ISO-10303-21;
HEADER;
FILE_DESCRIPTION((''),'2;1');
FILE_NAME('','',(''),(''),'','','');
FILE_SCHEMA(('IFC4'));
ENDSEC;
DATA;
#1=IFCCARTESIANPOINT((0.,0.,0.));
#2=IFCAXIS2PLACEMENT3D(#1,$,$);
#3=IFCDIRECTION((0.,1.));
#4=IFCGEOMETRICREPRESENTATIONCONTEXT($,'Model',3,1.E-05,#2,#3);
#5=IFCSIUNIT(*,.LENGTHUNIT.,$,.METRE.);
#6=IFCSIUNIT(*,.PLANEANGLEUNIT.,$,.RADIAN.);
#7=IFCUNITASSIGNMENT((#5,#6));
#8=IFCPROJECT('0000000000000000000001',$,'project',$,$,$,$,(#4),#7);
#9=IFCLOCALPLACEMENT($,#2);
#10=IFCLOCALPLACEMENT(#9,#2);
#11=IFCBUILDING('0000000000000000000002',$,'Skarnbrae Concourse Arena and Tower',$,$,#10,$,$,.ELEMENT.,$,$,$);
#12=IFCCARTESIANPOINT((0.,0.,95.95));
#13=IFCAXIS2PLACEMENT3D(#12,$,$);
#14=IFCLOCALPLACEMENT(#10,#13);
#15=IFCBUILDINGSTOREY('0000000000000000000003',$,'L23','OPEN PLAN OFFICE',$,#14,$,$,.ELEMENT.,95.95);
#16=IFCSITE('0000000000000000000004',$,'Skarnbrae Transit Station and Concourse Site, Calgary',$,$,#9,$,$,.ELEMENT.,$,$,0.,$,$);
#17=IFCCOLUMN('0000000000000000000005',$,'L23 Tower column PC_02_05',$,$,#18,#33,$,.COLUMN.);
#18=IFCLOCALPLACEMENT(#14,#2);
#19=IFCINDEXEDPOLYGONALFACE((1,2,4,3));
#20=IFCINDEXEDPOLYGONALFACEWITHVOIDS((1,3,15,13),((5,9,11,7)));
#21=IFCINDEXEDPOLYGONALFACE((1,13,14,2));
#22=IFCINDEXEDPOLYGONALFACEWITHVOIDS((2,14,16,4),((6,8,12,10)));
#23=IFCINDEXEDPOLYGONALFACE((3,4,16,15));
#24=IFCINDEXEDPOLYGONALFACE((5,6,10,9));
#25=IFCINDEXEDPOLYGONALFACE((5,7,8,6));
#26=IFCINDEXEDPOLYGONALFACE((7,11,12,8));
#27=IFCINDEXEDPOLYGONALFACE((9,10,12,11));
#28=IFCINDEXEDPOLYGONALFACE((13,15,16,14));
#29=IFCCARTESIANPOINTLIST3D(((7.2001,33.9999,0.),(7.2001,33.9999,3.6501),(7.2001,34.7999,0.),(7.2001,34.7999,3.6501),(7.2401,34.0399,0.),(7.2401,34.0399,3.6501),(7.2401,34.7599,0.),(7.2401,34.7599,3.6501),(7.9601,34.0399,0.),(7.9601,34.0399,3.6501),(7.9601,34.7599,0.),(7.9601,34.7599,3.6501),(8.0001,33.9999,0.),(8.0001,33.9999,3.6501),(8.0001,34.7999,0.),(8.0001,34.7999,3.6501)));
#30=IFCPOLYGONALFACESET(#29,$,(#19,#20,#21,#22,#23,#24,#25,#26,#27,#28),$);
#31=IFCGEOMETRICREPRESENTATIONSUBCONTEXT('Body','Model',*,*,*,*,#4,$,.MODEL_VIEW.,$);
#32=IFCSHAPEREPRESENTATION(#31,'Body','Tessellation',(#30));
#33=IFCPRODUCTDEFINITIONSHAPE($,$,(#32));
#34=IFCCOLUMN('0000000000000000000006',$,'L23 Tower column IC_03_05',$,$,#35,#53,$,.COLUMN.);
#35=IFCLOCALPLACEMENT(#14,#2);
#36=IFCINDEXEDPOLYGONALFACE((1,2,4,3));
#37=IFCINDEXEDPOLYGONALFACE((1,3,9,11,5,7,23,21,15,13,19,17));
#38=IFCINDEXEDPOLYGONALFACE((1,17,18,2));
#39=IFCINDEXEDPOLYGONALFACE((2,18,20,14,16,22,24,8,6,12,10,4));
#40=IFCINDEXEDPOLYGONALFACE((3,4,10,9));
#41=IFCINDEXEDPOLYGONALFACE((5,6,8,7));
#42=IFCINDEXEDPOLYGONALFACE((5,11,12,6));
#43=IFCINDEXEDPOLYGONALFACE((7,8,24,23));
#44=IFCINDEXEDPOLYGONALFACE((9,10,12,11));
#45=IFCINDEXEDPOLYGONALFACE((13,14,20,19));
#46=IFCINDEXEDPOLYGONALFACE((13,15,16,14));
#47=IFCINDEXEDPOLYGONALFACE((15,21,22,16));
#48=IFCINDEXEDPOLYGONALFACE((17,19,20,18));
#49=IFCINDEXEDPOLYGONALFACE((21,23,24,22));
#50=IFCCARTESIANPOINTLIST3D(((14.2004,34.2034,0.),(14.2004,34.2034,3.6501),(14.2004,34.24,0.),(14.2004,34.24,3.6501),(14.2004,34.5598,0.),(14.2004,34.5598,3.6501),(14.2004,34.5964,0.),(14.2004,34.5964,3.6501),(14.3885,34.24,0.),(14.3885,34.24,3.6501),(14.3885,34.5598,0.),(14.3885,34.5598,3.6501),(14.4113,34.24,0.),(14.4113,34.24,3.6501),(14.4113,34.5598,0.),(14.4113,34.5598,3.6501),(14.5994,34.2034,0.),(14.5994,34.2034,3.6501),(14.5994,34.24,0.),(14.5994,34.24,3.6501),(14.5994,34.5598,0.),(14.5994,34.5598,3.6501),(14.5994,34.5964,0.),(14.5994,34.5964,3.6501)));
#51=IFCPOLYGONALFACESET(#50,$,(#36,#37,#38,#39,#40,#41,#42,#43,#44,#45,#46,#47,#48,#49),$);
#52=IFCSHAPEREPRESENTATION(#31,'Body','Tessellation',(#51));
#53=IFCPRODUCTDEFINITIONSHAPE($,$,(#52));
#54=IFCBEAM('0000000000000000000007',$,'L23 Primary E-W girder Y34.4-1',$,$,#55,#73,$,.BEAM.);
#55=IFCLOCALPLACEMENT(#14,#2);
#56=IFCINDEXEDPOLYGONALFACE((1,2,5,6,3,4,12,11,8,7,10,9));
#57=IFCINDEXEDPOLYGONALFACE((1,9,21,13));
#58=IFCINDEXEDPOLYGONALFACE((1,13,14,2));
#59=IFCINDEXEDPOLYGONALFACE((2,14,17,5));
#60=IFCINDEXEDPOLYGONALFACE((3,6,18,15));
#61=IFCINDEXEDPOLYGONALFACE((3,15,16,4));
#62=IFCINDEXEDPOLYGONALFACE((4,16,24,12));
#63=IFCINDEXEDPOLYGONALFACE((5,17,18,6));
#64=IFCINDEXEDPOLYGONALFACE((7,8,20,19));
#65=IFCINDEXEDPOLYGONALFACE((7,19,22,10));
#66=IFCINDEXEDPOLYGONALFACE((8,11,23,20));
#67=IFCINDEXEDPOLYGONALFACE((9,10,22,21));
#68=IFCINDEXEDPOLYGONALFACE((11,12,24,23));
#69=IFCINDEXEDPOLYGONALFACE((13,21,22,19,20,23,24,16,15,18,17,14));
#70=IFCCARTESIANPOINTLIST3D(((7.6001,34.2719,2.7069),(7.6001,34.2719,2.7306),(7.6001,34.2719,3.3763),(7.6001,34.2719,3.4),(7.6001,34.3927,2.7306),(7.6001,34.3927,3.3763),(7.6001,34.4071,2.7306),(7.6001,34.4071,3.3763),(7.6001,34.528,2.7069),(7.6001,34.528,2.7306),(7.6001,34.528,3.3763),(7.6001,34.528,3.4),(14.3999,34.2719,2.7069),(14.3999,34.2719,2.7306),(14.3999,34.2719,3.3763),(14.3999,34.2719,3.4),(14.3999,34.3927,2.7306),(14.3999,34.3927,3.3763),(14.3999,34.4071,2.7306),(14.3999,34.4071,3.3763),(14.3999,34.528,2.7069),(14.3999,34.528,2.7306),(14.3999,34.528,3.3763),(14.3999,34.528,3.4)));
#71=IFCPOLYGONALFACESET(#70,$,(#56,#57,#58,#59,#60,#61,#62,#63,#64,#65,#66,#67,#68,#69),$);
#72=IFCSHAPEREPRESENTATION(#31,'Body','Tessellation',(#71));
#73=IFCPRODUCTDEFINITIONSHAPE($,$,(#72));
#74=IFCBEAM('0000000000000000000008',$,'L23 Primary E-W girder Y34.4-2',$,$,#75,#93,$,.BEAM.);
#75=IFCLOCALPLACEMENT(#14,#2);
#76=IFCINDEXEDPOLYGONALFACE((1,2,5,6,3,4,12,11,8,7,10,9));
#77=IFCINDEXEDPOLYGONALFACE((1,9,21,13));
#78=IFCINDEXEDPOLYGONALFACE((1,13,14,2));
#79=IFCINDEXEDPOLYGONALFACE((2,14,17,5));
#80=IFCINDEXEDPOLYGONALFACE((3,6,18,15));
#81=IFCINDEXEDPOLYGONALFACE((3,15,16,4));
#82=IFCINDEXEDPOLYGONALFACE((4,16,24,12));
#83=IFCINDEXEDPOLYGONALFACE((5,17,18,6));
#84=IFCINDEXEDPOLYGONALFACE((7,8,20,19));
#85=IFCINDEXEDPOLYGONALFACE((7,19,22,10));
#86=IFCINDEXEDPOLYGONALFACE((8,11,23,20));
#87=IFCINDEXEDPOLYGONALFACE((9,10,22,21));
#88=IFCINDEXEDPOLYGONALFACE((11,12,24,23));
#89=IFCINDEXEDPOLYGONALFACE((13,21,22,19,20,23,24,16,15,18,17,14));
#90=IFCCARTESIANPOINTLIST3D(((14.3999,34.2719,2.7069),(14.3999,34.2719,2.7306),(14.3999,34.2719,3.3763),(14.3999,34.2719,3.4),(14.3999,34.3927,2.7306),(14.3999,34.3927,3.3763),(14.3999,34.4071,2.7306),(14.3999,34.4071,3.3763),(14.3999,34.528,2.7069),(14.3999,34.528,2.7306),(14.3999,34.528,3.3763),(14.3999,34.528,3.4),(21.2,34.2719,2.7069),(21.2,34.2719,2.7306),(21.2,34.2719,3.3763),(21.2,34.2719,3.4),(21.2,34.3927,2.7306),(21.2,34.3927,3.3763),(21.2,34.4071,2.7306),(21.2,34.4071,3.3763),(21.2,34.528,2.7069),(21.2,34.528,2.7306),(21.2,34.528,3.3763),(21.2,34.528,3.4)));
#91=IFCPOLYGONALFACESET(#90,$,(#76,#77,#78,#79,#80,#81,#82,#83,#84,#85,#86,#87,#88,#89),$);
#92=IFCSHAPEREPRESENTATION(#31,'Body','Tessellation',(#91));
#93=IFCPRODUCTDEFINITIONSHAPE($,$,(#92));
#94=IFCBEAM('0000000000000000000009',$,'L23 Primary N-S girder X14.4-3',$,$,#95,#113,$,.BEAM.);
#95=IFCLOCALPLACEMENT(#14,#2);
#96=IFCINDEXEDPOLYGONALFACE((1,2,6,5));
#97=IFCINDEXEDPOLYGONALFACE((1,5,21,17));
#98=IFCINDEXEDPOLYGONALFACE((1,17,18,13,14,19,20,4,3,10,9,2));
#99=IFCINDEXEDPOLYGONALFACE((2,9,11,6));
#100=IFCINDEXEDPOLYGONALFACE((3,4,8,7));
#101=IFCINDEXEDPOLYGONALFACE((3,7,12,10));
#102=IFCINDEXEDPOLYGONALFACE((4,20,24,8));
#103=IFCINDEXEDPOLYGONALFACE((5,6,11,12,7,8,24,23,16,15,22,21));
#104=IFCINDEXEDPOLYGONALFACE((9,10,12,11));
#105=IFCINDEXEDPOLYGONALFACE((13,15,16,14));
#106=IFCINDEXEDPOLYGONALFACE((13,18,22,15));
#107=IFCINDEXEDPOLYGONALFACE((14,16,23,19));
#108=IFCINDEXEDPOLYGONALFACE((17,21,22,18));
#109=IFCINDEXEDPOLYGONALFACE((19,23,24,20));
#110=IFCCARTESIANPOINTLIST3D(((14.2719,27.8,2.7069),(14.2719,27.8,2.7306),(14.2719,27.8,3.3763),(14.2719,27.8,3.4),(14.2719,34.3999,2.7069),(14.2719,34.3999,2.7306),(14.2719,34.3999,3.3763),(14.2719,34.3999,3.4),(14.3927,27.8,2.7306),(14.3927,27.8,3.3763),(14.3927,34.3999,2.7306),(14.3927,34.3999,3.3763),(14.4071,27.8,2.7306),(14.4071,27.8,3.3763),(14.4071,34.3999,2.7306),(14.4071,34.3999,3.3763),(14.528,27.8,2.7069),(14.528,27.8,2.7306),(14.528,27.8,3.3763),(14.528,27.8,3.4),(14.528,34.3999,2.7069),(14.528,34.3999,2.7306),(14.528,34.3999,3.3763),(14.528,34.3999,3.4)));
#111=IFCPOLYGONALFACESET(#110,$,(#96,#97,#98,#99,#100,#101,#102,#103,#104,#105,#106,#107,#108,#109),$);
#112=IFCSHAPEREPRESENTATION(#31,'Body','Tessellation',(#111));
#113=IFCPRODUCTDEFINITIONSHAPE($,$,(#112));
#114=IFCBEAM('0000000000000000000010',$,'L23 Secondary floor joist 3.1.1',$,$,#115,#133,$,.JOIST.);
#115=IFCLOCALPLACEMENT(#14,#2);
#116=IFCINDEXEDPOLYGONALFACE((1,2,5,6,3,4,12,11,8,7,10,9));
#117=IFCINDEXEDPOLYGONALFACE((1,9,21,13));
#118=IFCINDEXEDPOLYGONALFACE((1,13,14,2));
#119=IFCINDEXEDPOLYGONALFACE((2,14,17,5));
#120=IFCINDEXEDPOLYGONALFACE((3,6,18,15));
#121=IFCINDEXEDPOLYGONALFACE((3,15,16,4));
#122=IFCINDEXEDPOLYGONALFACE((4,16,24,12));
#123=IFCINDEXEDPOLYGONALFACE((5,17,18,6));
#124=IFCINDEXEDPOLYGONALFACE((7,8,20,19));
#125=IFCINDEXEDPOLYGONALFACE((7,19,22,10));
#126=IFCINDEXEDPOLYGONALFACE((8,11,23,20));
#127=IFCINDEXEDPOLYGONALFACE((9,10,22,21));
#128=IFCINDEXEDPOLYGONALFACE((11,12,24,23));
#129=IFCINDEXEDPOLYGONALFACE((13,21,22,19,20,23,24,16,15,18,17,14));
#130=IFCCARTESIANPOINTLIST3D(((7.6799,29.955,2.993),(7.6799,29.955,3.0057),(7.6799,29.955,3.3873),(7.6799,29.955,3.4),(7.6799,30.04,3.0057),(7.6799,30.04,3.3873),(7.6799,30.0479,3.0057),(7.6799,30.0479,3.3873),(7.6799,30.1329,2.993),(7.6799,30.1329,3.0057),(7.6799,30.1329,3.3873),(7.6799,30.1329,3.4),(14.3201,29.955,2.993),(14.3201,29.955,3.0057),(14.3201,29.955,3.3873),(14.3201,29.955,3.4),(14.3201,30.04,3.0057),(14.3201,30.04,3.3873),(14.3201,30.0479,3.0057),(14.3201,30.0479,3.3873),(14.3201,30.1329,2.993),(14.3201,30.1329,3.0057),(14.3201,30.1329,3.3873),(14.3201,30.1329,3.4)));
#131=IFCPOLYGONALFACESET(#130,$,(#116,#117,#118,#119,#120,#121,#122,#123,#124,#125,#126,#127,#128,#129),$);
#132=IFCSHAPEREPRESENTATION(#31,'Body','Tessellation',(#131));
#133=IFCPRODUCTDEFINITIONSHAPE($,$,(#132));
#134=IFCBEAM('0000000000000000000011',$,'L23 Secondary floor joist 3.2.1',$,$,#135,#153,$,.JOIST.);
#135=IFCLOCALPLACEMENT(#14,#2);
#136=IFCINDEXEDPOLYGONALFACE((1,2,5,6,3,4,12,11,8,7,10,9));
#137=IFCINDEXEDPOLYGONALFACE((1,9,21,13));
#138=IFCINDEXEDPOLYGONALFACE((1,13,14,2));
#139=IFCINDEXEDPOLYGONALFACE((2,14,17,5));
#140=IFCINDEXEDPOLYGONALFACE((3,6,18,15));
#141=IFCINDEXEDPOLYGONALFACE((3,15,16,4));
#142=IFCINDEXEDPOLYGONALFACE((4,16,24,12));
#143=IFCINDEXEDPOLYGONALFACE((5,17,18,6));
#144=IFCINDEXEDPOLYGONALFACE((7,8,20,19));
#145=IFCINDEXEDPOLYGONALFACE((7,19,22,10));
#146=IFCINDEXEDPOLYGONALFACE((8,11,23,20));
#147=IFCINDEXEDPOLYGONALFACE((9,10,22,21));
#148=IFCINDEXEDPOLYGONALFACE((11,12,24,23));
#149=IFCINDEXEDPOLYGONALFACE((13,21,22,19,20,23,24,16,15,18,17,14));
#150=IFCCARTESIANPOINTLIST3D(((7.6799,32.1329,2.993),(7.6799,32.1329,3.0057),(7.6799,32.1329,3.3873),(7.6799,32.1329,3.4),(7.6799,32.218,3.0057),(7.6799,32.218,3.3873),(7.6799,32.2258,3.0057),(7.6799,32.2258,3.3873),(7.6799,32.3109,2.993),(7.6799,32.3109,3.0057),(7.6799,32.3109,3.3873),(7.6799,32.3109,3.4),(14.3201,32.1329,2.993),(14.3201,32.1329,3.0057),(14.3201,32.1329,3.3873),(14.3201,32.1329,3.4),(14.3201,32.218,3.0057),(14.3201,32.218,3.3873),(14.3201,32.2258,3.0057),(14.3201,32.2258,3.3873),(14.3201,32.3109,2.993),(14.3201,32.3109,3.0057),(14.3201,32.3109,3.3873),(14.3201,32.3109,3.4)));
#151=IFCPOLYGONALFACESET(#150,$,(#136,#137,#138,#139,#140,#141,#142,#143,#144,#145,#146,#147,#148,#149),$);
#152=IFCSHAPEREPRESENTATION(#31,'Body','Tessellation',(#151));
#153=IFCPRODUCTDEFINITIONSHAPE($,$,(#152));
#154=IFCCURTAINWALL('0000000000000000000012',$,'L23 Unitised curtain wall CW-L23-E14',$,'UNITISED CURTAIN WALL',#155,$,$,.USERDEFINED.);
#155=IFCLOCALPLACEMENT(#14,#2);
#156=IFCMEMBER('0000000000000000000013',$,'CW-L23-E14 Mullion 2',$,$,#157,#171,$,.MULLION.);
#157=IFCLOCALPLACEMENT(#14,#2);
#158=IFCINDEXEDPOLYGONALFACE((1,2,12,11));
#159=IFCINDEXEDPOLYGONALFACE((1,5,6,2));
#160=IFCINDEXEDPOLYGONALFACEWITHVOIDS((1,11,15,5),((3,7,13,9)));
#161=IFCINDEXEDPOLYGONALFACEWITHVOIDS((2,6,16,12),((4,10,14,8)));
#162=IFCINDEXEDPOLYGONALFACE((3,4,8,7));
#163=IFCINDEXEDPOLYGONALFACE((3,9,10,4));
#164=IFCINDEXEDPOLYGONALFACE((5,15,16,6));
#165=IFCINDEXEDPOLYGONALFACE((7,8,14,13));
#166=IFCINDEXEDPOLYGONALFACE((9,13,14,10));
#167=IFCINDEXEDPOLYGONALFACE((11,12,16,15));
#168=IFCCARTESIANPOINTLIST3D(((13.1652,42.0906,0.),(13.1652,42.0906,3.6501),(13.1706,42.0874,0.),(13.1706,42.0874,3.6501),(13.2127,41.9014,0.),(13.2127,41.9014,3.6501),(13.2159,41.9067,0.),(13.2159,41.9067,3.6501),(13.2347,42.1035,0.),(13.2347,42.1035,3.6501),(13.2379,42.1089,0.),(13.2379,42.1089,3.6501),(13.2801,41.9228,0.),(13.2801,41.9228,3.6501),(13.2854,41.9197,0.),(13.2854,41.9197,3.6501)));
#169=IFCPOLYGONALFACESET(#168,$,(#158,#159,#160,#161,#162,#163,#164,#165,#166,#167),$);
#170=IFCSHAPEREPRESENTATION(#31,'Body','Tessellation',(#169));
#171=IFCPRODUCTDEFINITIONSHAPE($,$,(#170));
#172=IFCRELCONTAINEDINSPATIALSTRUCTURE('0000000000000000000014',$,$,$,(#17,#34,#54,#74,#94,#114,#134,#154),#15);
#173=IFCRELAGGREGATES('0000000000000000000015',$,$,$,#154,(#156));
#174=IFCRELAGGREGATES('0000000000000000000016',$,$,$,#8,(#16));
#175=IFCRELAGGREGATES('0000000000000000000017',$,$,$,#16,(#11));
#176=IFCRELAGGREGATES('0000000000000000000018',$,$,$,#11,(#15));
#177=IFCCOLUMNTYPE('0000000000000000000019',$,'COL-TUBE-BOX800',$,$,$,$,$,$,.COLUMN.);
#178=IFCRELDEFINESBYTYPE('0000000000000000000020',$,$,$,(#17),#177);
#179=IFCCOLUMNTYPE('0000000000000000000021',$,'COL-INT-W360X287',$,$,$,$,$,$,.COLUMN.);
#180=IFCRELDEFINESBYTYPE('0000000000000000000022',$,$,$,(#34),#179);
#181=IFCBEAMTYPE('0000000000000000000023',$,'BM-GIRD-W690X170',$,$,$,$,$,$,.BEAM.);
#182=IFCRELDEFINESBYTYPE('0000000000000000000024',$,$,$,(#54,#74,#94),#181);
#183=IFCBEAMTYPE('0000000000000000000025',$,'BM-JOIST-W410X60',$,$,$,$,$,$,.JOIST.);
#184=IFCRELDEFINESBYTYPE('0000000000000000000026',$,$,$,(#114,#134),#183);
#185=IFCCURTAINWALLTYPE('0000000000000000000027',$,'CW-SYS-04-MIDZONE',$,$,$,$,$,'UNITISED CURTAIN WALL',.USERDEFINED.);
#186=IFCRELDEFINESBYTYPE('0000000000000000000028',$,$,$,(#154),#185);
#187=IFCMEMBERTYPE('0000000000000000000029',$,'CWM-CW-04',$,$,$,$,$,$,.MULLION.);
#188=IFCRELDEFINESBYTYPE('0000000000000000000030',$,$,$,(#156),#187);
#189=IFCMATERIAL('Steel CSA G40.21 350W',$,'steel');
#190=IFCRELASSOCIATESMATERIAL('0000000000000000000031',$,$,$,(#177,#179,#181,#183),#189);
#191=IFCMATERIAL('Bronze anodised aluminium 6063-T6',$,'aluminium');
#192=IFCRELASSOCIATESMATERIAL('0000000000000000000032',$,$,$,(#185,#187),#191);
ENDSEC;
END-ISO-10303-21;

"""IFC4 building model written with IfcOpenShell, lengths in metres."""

from ifc_helpers import new_model, si_unit, direction, frame, origin, origin_2d, place, context, subcontext, project, spatial, hollow_rectangle, i_section, extrude, source, transform, mapped, material, material_profile, profile_set, type_object, element, aggregate, save


model = new_model("IFC4")

# Units and contexts
model_context = context("Model", 3, precision=1e-05, world=origin(), true_north=direction((0.0, 1.0)))
body_context = subcontext(model_context, "Body", "Model", "MODEL_VIEW")
ifc_project = project(units=[si_unit("LENGTHUNIT", "METRE"), si_unit("PLANEANGLEUNIT", "RADIAN")], contexts=[model_context])

# Site, building, storey
site_placement = place(None, origin())
site = spatial("IfcSite", under=ifc_project, at=site_placement, Name="Skarnbrae Transit Station and Concourse Site, Calgary", CompositionType="ELEMENT", RefElevation=0.0)
building_placement = place(site_placement, origin())
building = spatial("IfcBuilding", under=site, at=building_placement, Name="Skarnbrae Concourse Arena and Tower", CompositionType="ELEMENT")
storey_placement = place(building_placement, frame((0.0, 0.0, 95.95)))
storey = spatial("IfcBuildingStorey", under=building, at=storey_placement, Name="L23", Description="OPEN PLAN OFFICE", CompositionType="ELEMENT", Elevation=95.95)

# Columns
ifc_material_1 = material(Name="Steel CSA G40.21 350W", Category="steel")
ifc_material_profile_1 = material_profile(ifc_material_1, hollow_rectangle(XDim=0.8, YDim=0.8, WallThickness=0.04, at=origin_2d()), Name="BOX800X800X40")
ifc_profile_set_1 = profile_set([ifc_material_profile_1], Name="Steel CSA G40.21 350W")
column_type_1 = type_object("IfcColumnType", Name="COL-TUBE-BOX800", PredefinedType="COLUMN", material=ifc_profile_set_1)
shared_shape_1 = source(origin(), body_context, "Body", "SweptSolid", [
    extrude(hollow_rectangle(XDim=0.8, YDim=0.8, WallThickness=0.04, at=origin_2d()), origin(), (0.0, 0.0, 1.0), 3.6501),
])
column_1_placement = place(storey_placement, frame((7.6001, 34.3999, 0.0), z_axis=(0.0, 0.0, 1.0), x_axis=(1.0, 0.0, 0.0)))
element("IfcColumn", 1, at=column_1_placement, inside=storey, type_object=column_type_1, Name="L23 Tower column PC_02_05", PredefinedType="COLUMN", context=body_context, shape_type="MappedRepresentation", body=[
    mapped(shared_shape_1, transform((0.0, 0.0, 0.0))),
])
ifc_material_profile_2 = material_profile(ifc_material_1, i_section(OverallWidth=0.3989, OverallDepth=0.3931, WebThickness=0.0227, FlangeThickness=0.0366, at=origin_2d()), Name="W360X287")
ifc_profile_set_2 = profile_set([ifc_material_profile_2], Name="Steel CSA G40.21 350W")
column_type_2 = type_object("IfcColumnType", Name="COL-INT-W360X287", PredefinedType="COLUMN", material=ifc_profile_set_2)
shared_shape_2 = source(origin(), body_context, "Body", "SweptSolid", [
    extrude(i_section(OverallWidth=0.3989, OverallDepth=0.3931, WebThickness=0.0227, FlangeThickness=0.0366, at=origin_2d()), origin(), (0.0, 0.0, 1.0), 3.6501),
])
column_2_placement = place(storey_placement, frame((14.3999, 34.3999, 0.0), z_axis=(0.0, 0.0, 1.0), x_axis=(1.0, 0.0, 0.0)))
element("IfcColumn", 2, at=column_2_placement, inside=storey, type_object=column_type_2, Name="L23 Tower column IC_03_05", PredefinedType="COLUMN", context=body_context, shape_type="MappedRepresentation", body=[
    mapped(shared_shape_2, transform((0.0, 0.0, 0.0))),
])

# Beams
ifc_material_profile_3 = material_profile(ifc_material_1, i_section(OverallWidth=0.2561, OverallDepth=0.6931, WebThickness=0.0144, FlangeThickness=0.0237, at=origin_2d()), Name="W690X170")
ifc_profile_set_3 = profile_set([ifc_material_profile_3], Name="Steel CSA G40.21 350W")
beam_type_1 = type_object("IfcBeamType", Name="BM-GIRD-W690X170", PredefinedType="BEAM", material=ifc_profile_set_3)
shared_shape_3 = source(origin(), body_context, "Body", "SweptSolid", [
    extrude(i_section(OverallWidth=0.2561, OverallDepth=0.6931, WebThickness=0.0144, FlangeThickness=0.0237, at=origin_2d()), origin(), (0.0, 0.0, 1.0), 6.7998),
])
beam_1_placement = place(storey_placement, frame((7.6001, 34.3999, 3.0535), z_axis=(1.0, 0.0, 0.0), x_axis=(0.0, 1.0, 0.0)))
element("IfcBeam", 3, at=beam_1_placement, inside=storey, type_object=beam_type_1, Name="L23 Primary E-W girder Y34.4-1", PredefinedType="BEAM", context=body_context, shape_type="MappedRepresentation", body=[
    mapped(shared_shape_3, transform((0.0, 0.0, 0.0))),
])
shared_shape_4 = source(origin(), body_context, "Body", "SweptSolid", [
    extrude(i_section(OverallWidth=0.2561, OverallDepth=0.6931, WebThickness=0.0144, FlangeThickness=0.0237, at=origin_2d()), origin(), (0.0, 0.0, 1.0), 6.8),
])
beam_2_placement = place(storey_placement, frame((14.3999, 34.3999, 3.0535), z_axis=(1.0, 0.0, 0.0), x_axis=(0.0, 1.0, 0.0)))
element("IfcBeam", 4, at=beam_2_placement, inside=storey, type_object=beam_type_1, Name="L23 Primary E-W girder Y34.4-2", PredefinedType="BEAM", context=body_context, shape_type="MappedRepresentation", body=[
    mapped(shared_shape_4, transform((0.0, 0.0, 0.0))),
])
shared_shape_5 = source(origin(), body_context, "Body", "SweptSolid", [
    extrude(i_section(OverallWidth=0.2561, OverallDepth=0.6931, WebThickness=0.0144, FlangeThickness=0.0237, at=origin_2d()), origin(), (0.0, 0.0, 1.0), 6.5999),
])
beam_3_placement = place(storey_placement, frame((14.3999, 27.8, 3.0535), z_axis=(0.0, 1.0, 0.0), x_axis=(-1.0, 0.0, 0.0)))
element("IfcBeam", 5, at=beam_3_placement, inside=storey, type_object=beam_type_1, Name="L23 Primary N-S girder X14.4-3", PredefinedType="BEAM", context=body_context, shape_type="MappedRepresentation", body=[
    mapped(shared_shape_5, transform((0.0, 0.0, 0.0))),
])
ifc_material_profile_4 = material_profile(ifc_material_1, i_section(OverallWidth=0.178, OverallDepth=0.407, WebThickness=0.0078, FlangeThickness=0.0127, at=origin_2d()), Name="W410X60")
ifc_profile_set_4 = profile_set([ifc_material_profile_4], Name="Steel CSA G40.21 350W")
beam_type_2 = type_object("IfcBeamType", Name="BM-JOIST-W410X60", PredefinedType="JOIST", material=ifc_profile_set_4)
shared_shape_6 = source(origin(), body_context, "Body", "SweptSolid", [
    extrude(i_section(OverallWidth=0.178, OverallDepth=0.407, WebThickness=0.0078, FlangeThickness=0.0127, at=origin_2d()), origin(), (0.0, 0.0, 1.0), 6.6401),
])
for number, where, z_axis, x_axis, name in (
    (6, (7.6799, 30.0439, 3.1965), (1.0, 0.0, 0.0), (0.0, 1.0, 0.0), "L23 Secondary floor joist 3.1.1"),
    (7, (7.6799, 32.2219, 3.1965), (1.0, 0.0, 0.0), (0.0, 1.0, 0.0), "L23 Secondary floor joist 3.2.1"),
):
    element("IfcBeam", number, at=place(storey_placement, frame(where, z_axis=z_axis, x_axis=x_axis)), inside=storey, type_object=beam_type_2, Name=name, PredefinedType="JOIST", context=body_context, shape_type="MappedRepresentation", body=[
        mapped(shared_shape_6, transform((0.0, 0.0, 0.0))),
    ])

# Curtain wall, member
ifc_material_2 = material(Name="Bronze anodised aluminium 6063-T6", Category="aluminium")
curtain_wall_type = type_object("IfcCurtainWallType", Name="CW-SYS-04-MIDZONE", ElementType="UNITISED CURTAIN WALL", PredefinedType="USERDEFINED", material=ifc_material_2)
curtain_wall_1_placement = place(storey_placement, origin())
curtain_wall_1 = element("IfcCurtainWall", 8, at=curtain_wall_1_placement, inside=storey, type_object=curtain_wall_type, Name="L23 Unitised curtain wall CW-L23-E14", ObjectType="UNITISED CURTAIN WALL", PredefinedType="USERDEFINED")
ifc_material_profile_5 = material_profile(ifc_material_2, hollow_rectangle(XDim=0.075, YDim=0.1951, WallThickness=0.0044, at=origin_2d()), Name="ALU-MULL-75X195")
ifc_profile_set_5 = profile_set([ifc_material_profile_5], Name="Bronze anodised aluminium 6063-T6")
member_type_1 = type_object("IfcMemberType", Name="CWM-CW-04", PredefinedType="MULLION", material=ifc_profile_set_5)
shared_shape_7 = source(origin(), body_context, "Body", "SweptSolid", [
    extrude(hollow_rectangle(XDim=0.075, YDim=0.1951, WallThickness=0.0044, at=origin_2d()), origin(), (0.0, 0.0, 1.0), 3.6501),
])
member_1_placement = place(storey_placement, frame((13.2253, 42.0051, 0.0), z_axis=(0.0, 0.0, 1.0), x_axis=(-0.969903, -0.243491, 0.0)))
member_1 = element("IfcMember", 9, at=member_1_placement, type_object=member_type_1, Name="CW-L23-E14 Mullion 2", PredefinedType="MULLION", context=body_context, shape_type="MappedRepresentation", body=[
    mapped(shared_shape_7, transform((0.0, 0.0, 0.0))),
])
aggregate(curtain_wall_1, [member_1])

save(model, "model.ifc")
